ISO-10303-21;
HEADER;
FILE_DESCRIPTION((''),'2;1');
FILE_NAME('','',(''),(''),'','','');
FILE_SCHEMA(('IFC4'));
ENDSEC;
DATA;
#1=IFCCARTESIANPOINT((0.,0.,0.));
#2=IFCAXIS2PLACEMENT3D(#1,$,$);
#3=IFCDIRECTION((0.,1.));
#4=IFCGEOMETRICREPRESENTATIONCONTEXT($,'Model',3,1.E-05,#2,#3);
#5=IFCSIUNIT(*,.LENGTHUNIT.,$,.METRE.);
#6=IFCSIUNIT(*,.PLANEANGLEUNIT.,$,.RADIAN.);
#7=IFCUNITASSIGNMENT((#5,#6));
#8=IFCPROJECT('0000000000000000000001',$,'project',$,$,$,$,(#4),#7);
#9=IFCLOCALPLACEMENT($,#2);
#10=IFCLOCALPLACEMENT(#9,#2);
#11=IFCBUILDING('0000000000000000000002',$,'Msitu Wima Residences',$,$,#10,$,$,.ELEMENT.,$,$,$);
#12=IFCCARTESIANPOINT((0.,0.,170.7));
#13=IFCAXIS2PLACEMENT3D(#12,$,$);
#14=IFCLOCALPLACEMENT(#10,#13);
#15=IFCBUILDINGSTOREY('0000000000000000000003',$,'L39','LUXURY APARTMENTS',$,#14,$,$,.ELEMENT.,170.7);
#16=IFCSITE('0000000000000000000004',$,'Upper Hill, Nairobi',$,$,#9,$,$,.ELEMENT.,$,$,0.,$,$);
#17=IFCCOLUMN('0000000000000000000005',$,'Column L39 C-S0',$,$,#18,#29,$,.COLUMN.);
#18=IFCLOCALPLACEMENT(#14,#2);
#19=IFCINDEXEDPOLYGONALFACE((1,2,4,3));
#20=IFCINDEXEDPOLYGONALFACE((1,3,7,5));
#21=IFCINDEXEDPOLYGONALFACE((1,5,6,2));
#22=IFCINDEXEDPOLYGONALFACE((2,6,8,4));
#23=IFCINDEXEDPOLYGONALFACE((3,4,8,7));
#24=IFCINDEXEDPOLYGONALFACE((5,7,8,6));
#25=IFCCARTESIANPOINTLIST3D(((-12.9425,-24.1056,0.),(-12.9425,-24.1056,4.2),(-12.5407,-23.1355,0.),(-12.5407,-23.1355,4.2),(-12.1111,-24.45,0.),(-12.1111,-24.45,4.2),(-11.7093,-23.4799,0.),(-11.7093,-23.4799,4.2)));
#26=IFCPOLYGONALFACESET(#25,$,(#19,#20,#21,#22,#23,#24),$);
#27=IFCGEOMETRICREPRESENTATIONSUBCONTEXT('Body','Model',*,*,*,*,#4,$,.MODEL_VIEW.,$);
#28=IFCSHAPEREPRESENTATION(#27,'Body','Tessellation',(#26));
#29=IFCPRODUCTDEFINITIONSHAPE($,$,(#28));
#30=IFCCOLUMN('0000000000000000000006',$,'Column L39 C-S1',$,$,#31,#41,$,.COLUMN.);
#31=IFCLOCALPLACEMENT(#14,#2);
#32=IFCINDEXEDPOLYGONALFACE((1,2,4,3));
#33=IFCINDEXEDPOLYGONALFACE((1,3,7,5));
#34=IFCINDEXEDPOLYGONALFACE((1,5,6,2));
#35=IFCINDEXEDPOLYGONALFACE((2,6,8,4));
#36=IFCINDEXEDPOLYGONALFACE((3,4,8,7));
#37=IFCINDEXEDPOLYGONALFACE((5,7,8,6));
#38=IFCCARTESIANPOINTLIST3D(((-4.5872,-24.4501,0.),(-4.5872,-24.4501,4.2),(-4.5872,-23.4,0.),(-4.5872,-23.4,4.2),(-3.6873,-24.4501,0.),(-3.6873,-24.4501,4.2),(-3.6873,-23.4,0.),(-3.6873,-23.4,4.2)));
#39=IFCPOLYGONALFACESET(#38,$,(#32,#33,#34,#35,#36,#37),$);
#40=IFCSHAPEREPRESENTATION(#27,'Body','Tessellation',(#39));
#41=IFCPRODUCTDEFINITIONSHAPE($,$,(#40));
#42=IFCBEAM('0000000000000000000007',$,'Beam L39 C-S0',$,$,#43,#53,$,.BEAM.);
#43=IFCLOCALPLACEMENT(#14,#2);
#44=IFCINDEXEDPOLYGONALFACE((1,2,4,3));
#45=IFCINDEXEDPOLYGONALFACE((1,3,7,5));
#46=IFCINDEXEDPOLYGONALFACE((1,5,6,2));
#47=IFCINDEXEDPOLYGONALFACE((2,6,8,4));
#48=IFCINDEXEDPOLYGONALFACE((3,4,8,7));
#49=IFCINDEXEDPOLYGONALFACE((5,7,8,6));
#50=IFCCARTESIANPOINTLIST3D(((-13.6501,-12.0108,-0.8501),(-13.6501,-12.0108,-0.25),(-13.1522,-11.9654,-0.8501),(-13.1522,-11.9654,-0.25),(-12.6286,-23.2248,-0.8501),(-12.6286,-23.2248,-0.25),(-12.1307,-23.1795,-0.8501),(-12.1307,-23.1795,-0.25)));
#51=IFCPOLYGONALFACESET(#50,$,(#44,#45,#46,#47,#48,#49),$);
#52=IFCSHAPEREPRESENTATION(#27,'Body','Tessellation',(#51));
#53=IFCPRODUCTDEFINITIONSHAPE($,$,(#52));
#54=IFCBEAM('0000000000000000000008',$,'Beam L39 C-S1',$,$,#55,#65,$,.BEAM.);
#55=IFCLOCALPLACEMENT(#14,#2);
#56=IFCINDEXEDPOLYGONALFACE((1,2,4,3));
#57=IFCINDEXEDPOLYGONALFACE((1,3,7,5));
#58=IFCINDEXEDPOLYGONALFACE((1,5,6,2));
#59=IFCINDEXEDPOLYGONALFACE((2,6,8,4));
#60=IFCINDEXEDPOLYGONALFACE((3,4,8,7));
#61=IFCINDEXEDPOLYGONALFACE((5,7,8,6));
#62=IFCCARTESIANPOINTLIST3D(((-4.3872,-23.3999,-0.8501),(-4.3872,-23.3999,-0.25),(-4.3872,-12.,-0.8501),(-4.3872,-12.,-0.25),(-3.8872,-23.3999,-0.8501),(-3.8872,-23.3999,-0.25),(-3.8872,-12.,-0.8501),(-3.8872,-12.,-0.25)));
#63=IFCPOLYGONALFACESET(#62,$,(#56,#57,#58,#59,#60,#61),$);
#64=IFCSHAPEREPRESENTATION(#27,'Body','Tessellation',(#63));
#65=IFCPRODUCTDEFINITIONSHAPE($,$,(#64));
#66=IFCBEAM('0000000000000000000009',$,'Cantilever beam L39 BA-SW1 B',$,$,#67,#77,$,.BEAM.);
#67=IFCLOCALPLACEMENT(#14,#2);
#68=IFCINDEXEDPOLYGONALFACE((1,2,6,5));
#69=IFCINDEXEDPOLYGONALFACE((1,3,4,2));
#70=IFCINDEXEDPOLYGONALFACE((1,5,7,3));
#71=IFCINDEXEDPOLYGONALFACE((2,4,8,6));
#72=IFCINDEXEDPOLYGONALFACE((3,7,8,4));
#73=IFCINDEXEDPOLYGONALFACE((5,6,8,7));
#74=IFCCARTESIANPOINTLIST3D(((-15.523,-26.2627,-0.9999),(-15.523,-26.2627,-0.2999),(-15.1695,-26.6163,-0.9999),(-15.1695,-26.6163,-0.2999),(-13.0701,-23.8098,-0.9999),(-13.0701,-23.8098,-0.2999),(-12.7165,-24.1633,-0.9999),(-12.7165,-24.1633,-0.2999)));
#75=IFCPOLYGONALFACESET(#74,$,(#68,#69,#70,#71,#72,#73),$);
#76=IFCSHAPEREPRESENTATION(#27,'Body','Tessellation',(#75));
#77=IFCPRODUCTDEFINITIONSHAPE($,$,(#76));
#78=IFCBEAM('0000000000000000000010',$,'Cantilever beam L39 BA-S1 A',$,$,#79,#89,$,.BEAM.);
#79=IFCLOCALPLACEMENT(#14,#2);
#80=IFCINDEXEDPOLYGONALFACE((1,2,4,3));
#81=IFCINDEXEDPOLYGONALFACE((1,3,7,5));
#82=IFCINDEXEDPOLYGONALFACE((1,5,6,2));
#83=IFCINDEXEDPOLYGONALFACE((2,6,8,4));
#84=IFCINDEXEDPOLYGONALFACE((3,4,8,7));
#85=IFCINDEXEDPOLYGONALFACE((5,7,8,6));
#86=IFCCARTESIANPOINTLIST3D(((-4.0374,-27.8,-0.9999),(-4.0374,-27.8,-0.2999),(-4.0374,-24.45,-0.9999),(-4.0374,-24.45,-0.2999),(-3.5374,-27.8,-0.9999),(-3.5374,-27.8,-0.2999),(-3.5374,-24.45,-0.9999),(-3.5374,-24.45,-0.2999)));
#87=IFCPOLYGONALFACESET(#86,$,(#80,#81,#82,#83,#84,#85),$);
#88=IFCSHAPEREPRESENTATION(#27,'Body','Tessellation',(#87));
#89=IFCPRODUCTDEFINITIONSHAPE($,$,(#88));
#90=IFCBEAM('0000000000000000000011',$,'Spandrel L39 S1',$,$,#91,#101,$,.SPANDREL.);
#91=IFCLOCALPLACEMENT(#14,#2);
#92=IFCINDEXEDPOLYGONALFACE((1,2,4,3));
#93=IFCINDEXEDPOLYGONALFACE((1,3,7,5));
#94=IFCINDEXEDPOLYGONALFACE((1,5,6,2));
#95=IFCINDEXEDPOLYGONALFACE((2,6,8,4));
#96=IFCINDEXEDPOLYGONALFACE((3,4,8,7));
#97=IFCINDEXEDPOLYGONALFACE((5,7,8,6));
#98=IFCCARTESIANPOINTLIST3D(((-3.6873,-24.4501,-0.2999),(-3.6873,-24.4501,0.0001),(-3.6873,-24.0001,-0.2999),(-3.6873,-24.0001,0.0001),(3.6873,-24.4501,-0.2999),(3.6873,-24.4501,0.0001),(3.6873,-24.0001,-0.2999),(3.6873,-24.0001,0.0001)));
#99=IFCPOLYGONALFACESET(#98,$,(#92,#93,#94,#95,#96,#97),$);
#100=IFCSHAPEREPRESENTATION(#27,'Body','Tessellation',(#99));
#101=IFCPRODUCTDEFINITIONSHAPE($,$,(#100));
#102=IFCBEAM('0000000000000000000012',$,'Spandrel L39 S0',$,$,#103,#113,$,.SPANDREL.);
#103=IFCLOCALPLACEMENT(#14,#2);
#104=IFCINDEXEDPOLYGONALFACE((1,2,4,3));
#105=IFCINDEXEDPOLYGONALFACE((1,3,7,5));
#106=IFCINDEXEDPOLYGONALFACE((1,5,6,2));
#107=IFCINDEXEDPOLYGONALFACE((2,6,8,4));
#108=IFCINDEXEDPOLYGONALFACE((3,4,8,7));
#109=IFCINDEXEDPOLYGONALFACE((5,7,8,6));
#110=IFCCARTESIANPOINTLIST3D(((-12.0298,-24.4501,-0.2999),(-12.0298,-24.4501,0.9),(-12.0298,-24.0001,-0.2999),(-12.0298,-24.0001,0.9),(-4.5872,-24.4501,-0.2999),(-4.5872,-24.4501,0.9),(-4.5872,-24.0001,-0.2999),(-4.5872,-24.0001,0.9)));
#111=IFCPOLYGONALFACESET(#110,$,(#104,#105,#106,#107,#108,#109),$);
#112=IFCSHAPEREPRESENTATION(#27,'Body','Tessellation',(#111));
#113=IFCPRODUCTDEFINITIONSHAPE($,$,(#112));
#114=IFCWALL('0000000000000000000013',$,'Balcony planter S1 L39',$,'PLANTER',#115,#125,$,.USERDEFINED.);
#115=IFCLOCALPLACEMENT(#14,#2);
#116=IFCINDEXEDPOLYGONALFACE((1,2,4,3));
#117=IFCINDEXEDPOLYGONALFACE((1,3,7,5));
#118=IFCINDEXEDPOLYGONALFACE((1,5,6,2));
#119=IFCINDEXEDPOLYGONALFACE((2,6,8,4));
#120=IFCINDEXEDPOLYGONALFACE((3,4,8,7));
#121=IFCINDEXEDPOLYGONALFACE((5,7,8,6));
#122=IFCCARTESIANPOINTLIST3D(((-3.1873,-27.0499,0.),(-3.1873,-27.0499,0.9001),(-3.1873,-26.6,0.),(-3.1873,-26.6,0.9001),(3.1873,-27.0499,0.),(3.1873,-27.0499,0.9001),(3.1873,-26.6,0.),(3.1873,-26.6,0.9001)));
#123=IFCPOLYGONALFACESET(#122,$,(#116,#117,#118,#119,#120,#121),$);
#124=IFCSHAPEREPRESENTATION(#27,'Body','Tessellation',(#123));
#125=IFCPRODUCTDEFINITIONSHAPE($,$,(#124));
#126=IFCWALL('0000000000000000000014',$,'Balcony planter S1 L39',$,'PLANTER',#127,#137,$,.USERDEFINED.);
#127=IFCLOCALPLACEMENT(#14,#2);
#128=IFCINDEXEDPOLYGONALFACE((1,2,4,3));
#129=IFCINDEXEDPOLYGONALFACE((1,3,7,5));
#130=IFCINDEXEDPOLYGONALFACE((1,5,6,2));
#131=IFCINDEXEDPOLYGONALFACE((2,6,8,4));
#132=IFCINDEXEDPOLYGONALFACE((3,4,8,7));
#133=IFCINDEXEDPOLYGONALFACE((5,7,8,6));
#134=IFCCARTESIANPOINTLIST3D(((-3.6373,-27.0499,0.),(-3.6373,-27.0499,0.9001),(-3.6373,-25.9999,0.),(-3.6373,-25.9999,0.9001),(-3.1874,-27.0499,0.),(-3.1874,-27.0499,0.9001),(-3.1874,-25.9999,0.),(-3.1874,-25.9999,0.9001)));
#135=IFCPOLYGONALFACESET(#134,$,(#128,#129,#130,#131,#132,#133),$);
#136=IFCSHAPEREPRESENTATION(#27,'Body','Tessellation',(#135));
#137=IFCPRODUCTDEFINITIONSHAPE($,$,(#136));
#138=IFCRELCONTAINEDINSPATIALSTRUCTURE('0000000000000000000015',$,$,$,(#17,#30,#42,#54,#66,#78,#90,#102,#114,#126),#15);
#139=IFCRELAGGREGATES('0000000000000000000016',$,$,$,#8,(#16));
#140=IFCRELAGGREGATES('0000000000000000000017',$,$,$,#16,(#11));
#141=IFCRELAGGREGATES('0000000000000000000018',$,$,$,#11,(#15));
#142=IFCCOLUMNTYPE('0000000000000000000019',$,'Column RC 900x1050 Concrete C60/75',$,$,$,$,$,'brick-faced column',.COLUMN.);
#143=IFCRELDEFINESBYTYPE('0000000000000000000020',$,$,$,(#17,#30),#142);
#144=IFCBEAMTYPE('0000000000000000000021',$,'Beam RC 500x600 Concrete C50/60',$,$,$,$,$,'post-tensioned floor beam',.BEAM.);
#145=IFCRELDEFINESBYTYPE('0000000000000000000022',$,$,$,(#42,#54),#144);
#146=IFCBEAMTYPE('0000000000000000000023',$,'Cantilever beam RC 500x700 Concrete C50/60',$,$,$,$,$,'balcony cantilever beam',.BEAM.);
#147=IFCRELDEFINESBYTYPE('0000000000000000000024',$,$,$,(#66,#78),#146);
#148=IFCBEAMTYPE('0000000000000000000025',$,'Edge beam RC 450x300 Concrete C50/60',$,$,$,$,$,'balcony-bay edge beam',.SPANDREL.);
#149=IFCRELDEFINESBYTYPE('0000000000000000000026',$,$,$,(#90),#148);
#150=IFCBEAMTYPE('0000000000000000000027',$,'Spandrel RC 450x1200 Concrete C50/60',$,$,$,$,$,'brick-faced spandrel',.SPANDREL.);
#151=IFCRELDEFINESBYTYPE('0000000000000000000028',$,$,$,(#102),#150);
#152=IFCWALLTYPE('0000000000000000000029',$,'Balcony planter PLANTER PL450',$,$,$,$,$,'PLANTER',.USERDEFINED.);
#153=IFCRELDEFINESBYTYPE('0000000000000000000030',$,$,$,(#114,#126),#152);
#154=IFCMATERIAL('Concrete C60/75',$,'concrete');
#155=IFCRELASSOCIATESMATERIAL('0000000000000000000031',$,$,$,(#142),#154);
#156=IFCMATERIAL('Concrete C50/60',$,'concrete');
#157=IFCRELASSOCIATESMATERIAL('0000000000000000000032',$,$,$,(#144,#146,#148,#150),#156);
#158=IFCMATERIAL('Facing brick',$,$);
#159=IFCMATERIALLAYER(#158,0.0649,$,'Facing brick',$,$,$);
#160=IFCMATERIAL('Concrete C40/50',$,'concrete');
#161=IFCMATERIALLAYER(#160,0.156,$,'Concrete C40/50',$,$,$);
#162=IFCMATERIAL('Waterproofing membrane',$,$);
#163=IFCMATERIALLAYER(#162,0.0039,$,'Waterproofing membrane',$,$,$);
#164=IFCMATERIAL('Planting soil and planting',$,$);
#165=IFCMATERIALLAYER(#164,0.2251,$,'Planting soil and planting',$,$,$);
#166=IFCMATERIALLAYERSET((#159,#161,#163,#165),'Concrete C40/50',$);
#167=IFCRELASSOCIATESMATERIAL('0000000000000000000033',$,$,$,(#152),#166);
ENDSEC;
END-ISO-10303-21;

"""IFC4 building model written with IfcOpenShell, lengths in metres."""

from ifc_helpers import new_model, si_unit, direction, frame, frame_2d, origin, origin_2d, place, context, subcontext, project, spatial, rectangle, extrude, material, layer, layer_set, material_profile, profile_set, type_object, element, save


model = new_model("IFC4")

# Units and contexts
model_context = context("Model", 3, precision=1e-05, world=origin(), true_north=direction((0.0, 1.0)))
body_context = subcontext(model_context, "Body", "Model", "MODEL_VIEW")
ifc_project = project(units=[si_unit("LENGTHUNIT", "METRE"), si_unit("PLANEANGLEUNIT", "RADIAN")], contexts=[model_context])

# Site, building, storey
site_placement = place(None, origin())
site = spatial("IfcSite", under=ifc_project, at=site_placement, Name="Upper Hill, Nairobi", CompositionType="ELEMENT", RefElevation=0.0)
building_placement = place(site_placement, origin())
building = spatial("IfcBuilding", under=site, at=building_placement, Name="Msitu Wima Residences", CompositionType="ELEMENT")
storey_placement = place(building_placement, frame((0.0, 0.0, 170.7)))
storey = spatial("IfcBuildingStorey", under=building, at=storey_placement, Name="L39", Description="LUXURY APARTMENTS", CompositionType="ELEMENT", Elevation=170.7)

# Columns
ifc_material_1 = material(Name="Concrete C60/75", Category="concrete")
ifc_material_profile_1 = material_profile(ifc_material_1, rectangle(XDim=0.8999, YDim=1.05, at=origin_2d()), Name="RC 900x1050")
ifc_profile_set_1 = profile_set([ifc_material_profile_1], Name="Concrete C60/75")
column_type = type_object("IfcColumnType", Name="Column RC 900x1050 Concrete C60/75", ElementType="brick-faced column", PredefinedType="COLUMN", material=ifc_profile_set_1)
for number, where, z_axis, x_axis, name in (
    (1, (-12.3259, -23.7927, 0.0), (0.0, 0.0, 1.0), (0.92388, -0.382683, 0.0), "Column L39 C-S0"),
    (2, (-4.1372, -23.925, 0.0), (0.0, 0.0, 1.0), (1.0, 0.0, 0.0), "Column L39 C-S1"),
):
    element("IfcColumn", number, at=place(storey_placement, frame(where, z_axis=z_axis, x_axis=x_axis)), inside=storey, type_object=column_type, Name=name, PredefinedType="COLUMN", context=body_context, shape_type="SweptSolid", body=[
        extrude(rectangle(XDim=0.8999, YDim=1.05, at=origin_2d()), origin(), (0.0, 0.0, 1.0), 4.2),
    ])

# Beams
ifc_material_2 = material(Name="Concrete C50/60", Category="concrete")
ifc_material_profile_2 = material_profile(ifc_material_2, rectangle(XDim=0.5, YDim=0.6001, at=origin_2d()), Name="RC 500x600")
ifc_profile_set_2 = profile_set([ifc_material_profile_2], Name="Concrete C50/60")
beam_type_1 = type_object("IfcBeamType", Name="Beam RC 500x600 Concrete C50/60", ElementType="post-tensioned floor beam", PredefinedType="BEAM", material=ifc_profile_set_2)
beam_1_placement = place(storey_placement, frame((-12.3796, -23.2021, -0.55), z_axis=(-0.090714, 0.995877, 0.0), x_axis=(-0.995877, -0.090714, 0.0)))
element("IfcBeam", 3, at=beam_1_placement, inside=storey, type_object=beam_type_1, Name="Beam L39 C-S0", PredefinedType="BEAM", context=body_context, shape_type="SweptSolid", body=[
    extrude(rectangle(XDim=0.5, YDim=0.6001, at=origin_2d()), origin(), (0.0, 0.0, 1.0), 11.2605),
])
beam_2_placement = place(storey_placement, frame((-4.1372, -23.3999, -0.55), z_axis=(0.0, 1.0, 0.0), x_axis=(-1.0, 0.0, 0.0)))
element("IfcBeam", 4, at=beam_2_placement, inside=storey, type_object=beam_type_1, Name="Beam L39 C-S1", PredefinedType="BEAM", context=body_context, shape_type="SweptSolid", body=[
    extrude(rectangle(XDim=0.5, YDim=0.6001, at=origin_2d()), origin(), (0.0, 0.0, 1.0), 11.3999),
])
ifc_material_profile_3 = material_profile(ifc_material_2, rectangle(XDim=0.5, YDim=0.7, at=origin_2d()), Name="RC 500x700")
ifc_profile_set_3 = profile_set([ifc_material_profile_3], Name="Concrete C50/60")
beam_type_2 = type_object("IfcBeamType", Name="Cantilever beam RC 500x700 Concrete C50/60", ElementType="balcony cantilever beam", PredefinedType="BEAM", material=ifc_profile_set_3)
beam_3_placement = place(storey_placement, frame((-12.8933, -23.9866, -0.6499), z_axis=(-0.707107, -0.707107, 0.0), x_axis=(0.707107, -0.707107, 0.0)))
element("IfcBeam", 5, at=beam_3_placement, inside=storey, type_object=beam_type_2, Name="Cantilever beam L39 BA-SW1 B", PredefinedType="BEAM", context=body_context, shape_type="SweptSolid", body=[
    extrude(rectangle(XDim=0.5, YDim=0.7, at=origin_2d()), origin(), (0.0, 0.0, 1.0), 3.469),
])
beam_4_placement = place(storey_placement, frame((-3.7874, -24.45, -0.6499), z_axis=(0.0, -1.0, 0.0), x_axis=(1.0, 0.0, 0.0)))
element("IfcBeam", 6, at=beam_4_placement, inside=storey, type_object=beam_type_2, Name="Cantilever beam L39 BA-S1 A", PredefinedType="BEAM", context=body_context, shape_type="SweptSolid", body=[
    extrude(rectangle(XDim=0.5, YDim=0.7, at=origin_2d()), origin(), (0.0, 0.0, 1.0), 3.3501),
])
ifc_material_profile_4 = material_profile(ifc_material_2, rectangle(XDim=0.45, YDim=0.3, at=origin_2d()), Name="RC 450x300")
ifc_profile_set_4 = profile_set([ifc_material_profile_4], Name="Concrete C50/60")
beam_type_3 = type_object("IfcBeamType", Name="Edge beam RC 450x300 Concrete C50/60", ElementType="balcony-bay edge beam", PredefinedType="SPANDREL", material=ifc_profile_set_4)
beam_5_placement = place(storey_placement, frame((-3.6873, -24.2251, -0.1499), z_axis=(1.0, 0.0, 0.0), x_axis=(0.0, 1.0, 0.0)))
element("IfcBeam", 7, at=beam_5_placement, inside=storey, type_object=beam_type_3, Name="Spandrel L39 S1", PredefinedType="SPANDREL", context=body_context, shape_type="SweptSolid", body=[
    extrude(rectangle(XDim=0.45, YDim=0.3, at=origin_2d()), origin(), (0.0, 0.0, 1.0), 7.3745),
])
ifc_material_profile_5 = material_profile(ifc_material_2, rectangle(XDim=0.45, YDim=1.2, at=origin_2d()), Name="RC 450x1200")
ifc_profile_set_5 = profile_set([ifc_material_profile_5], Name="Concrete C50/60")
beam_type_4 = type_object("IfcBeamType", Name="Spandrel RC 450x1200 Concrete C50/60", ElementType="brick-faced spandrel", PredefinedType="SPANDREL", material=ifc_profile_set_5)
beam_6_placement = place(storey_placement, frame((-12.0298, -24.2251, 0.3), z_axis=(1.0, 0.0, 0.0), x_axis=(0.0, 1.0, 0.0)))
element("IfcBeam", 8, at=beam_6_placement, inside=storey, type_object=beam_type_4, Name="Spandrel L39 S0", PredefinedType="SPANDREL", context=body_context, shape_type="SweptSolid", body=[
    extrude(rectangle(XDim=0.45, YDim=1.2, at=origin_2d()), origin(), (0.0, 0.0, 1.0), 7.4426),
])

# Walls
ifc_material_3 = material(Name="Facing brick")
ifc_layer_1 = layer(ifc_material_3, 0.0649, Name="Facing brick")
ifc_material_4 = material(Name="Concrete C40/50", Category="concrete")
ifc_layer_2 = layer(ifc_material_4, 0.156, Name="Concrete C40/50")
ifc_material_5 = material(Name="Waterproofing membrane")
ifc_layer_3 = layer(ifc_material_5, 0.0039, Name="Waterproofing membrane")
ifc_material_6 = material(Name="Planting soil and planting")
ifc_layer_4 = layer(ifc_material_6, 0.2251, Name="Planting soil and planting")
ifc_layer_set_1 = layer_set([ifc_layer_1, ifc_layer_2, ifc_layer_3, ifc_layer_4], Name="Concrete C40/50")
wall_type_1 = type_object("IfcWallType", Name="Balcony planter PLANTER PL450", ElementType="PLANTER", PredefinedType="USERDEFINED", material=ifc_layer_set_1)
wall_1_placement = place(storey_placement, frame((-3.1873, -26.825, 0.0), z_axis=(0.0, 0.0, 1.0), x_axis=(1.0, 0.0, 0.0)))
element("IfcWall", 9, at=wall_1_placement, inside=storey, type_object=wall_type_1, Name="Balcony planter S1 L39", ObjectType="PLANTER", PredefinedType="USERDEFINED", context=body_context, shape_type="SweptSolid", body=[
    extrude(rectangle(XDim=6.3745, YDim=0.45, at=frame_2d((3.1873, 0.0))), origin(), (0.0, 0.0, 1.0), 0.9001),
])
wall_2_placement = place(storey_placement, frame((-3.4124, -26.0, 0.0), z_axis=(0.0, 0.0, 1.0), x_axis=(0.0, -1.0, 0.0)))
element("IfcWall", 10, at=wall_2_placement, inside=storey, type_object=wall_type_1, Name="Balcony planter S1 L39", ObjectType="PLANTER", PredefinedType="USERDEFINED", context=body_context, shape_type="SweptSolid", body=[
    extrude(rectangle(XDim=1.05, YDim=0.45, at=frame_2d((0.5249, 0.0))), origin(), (0.0, 0.0, 1.0), 0.9001),
])

save(model, "model.ifc")
